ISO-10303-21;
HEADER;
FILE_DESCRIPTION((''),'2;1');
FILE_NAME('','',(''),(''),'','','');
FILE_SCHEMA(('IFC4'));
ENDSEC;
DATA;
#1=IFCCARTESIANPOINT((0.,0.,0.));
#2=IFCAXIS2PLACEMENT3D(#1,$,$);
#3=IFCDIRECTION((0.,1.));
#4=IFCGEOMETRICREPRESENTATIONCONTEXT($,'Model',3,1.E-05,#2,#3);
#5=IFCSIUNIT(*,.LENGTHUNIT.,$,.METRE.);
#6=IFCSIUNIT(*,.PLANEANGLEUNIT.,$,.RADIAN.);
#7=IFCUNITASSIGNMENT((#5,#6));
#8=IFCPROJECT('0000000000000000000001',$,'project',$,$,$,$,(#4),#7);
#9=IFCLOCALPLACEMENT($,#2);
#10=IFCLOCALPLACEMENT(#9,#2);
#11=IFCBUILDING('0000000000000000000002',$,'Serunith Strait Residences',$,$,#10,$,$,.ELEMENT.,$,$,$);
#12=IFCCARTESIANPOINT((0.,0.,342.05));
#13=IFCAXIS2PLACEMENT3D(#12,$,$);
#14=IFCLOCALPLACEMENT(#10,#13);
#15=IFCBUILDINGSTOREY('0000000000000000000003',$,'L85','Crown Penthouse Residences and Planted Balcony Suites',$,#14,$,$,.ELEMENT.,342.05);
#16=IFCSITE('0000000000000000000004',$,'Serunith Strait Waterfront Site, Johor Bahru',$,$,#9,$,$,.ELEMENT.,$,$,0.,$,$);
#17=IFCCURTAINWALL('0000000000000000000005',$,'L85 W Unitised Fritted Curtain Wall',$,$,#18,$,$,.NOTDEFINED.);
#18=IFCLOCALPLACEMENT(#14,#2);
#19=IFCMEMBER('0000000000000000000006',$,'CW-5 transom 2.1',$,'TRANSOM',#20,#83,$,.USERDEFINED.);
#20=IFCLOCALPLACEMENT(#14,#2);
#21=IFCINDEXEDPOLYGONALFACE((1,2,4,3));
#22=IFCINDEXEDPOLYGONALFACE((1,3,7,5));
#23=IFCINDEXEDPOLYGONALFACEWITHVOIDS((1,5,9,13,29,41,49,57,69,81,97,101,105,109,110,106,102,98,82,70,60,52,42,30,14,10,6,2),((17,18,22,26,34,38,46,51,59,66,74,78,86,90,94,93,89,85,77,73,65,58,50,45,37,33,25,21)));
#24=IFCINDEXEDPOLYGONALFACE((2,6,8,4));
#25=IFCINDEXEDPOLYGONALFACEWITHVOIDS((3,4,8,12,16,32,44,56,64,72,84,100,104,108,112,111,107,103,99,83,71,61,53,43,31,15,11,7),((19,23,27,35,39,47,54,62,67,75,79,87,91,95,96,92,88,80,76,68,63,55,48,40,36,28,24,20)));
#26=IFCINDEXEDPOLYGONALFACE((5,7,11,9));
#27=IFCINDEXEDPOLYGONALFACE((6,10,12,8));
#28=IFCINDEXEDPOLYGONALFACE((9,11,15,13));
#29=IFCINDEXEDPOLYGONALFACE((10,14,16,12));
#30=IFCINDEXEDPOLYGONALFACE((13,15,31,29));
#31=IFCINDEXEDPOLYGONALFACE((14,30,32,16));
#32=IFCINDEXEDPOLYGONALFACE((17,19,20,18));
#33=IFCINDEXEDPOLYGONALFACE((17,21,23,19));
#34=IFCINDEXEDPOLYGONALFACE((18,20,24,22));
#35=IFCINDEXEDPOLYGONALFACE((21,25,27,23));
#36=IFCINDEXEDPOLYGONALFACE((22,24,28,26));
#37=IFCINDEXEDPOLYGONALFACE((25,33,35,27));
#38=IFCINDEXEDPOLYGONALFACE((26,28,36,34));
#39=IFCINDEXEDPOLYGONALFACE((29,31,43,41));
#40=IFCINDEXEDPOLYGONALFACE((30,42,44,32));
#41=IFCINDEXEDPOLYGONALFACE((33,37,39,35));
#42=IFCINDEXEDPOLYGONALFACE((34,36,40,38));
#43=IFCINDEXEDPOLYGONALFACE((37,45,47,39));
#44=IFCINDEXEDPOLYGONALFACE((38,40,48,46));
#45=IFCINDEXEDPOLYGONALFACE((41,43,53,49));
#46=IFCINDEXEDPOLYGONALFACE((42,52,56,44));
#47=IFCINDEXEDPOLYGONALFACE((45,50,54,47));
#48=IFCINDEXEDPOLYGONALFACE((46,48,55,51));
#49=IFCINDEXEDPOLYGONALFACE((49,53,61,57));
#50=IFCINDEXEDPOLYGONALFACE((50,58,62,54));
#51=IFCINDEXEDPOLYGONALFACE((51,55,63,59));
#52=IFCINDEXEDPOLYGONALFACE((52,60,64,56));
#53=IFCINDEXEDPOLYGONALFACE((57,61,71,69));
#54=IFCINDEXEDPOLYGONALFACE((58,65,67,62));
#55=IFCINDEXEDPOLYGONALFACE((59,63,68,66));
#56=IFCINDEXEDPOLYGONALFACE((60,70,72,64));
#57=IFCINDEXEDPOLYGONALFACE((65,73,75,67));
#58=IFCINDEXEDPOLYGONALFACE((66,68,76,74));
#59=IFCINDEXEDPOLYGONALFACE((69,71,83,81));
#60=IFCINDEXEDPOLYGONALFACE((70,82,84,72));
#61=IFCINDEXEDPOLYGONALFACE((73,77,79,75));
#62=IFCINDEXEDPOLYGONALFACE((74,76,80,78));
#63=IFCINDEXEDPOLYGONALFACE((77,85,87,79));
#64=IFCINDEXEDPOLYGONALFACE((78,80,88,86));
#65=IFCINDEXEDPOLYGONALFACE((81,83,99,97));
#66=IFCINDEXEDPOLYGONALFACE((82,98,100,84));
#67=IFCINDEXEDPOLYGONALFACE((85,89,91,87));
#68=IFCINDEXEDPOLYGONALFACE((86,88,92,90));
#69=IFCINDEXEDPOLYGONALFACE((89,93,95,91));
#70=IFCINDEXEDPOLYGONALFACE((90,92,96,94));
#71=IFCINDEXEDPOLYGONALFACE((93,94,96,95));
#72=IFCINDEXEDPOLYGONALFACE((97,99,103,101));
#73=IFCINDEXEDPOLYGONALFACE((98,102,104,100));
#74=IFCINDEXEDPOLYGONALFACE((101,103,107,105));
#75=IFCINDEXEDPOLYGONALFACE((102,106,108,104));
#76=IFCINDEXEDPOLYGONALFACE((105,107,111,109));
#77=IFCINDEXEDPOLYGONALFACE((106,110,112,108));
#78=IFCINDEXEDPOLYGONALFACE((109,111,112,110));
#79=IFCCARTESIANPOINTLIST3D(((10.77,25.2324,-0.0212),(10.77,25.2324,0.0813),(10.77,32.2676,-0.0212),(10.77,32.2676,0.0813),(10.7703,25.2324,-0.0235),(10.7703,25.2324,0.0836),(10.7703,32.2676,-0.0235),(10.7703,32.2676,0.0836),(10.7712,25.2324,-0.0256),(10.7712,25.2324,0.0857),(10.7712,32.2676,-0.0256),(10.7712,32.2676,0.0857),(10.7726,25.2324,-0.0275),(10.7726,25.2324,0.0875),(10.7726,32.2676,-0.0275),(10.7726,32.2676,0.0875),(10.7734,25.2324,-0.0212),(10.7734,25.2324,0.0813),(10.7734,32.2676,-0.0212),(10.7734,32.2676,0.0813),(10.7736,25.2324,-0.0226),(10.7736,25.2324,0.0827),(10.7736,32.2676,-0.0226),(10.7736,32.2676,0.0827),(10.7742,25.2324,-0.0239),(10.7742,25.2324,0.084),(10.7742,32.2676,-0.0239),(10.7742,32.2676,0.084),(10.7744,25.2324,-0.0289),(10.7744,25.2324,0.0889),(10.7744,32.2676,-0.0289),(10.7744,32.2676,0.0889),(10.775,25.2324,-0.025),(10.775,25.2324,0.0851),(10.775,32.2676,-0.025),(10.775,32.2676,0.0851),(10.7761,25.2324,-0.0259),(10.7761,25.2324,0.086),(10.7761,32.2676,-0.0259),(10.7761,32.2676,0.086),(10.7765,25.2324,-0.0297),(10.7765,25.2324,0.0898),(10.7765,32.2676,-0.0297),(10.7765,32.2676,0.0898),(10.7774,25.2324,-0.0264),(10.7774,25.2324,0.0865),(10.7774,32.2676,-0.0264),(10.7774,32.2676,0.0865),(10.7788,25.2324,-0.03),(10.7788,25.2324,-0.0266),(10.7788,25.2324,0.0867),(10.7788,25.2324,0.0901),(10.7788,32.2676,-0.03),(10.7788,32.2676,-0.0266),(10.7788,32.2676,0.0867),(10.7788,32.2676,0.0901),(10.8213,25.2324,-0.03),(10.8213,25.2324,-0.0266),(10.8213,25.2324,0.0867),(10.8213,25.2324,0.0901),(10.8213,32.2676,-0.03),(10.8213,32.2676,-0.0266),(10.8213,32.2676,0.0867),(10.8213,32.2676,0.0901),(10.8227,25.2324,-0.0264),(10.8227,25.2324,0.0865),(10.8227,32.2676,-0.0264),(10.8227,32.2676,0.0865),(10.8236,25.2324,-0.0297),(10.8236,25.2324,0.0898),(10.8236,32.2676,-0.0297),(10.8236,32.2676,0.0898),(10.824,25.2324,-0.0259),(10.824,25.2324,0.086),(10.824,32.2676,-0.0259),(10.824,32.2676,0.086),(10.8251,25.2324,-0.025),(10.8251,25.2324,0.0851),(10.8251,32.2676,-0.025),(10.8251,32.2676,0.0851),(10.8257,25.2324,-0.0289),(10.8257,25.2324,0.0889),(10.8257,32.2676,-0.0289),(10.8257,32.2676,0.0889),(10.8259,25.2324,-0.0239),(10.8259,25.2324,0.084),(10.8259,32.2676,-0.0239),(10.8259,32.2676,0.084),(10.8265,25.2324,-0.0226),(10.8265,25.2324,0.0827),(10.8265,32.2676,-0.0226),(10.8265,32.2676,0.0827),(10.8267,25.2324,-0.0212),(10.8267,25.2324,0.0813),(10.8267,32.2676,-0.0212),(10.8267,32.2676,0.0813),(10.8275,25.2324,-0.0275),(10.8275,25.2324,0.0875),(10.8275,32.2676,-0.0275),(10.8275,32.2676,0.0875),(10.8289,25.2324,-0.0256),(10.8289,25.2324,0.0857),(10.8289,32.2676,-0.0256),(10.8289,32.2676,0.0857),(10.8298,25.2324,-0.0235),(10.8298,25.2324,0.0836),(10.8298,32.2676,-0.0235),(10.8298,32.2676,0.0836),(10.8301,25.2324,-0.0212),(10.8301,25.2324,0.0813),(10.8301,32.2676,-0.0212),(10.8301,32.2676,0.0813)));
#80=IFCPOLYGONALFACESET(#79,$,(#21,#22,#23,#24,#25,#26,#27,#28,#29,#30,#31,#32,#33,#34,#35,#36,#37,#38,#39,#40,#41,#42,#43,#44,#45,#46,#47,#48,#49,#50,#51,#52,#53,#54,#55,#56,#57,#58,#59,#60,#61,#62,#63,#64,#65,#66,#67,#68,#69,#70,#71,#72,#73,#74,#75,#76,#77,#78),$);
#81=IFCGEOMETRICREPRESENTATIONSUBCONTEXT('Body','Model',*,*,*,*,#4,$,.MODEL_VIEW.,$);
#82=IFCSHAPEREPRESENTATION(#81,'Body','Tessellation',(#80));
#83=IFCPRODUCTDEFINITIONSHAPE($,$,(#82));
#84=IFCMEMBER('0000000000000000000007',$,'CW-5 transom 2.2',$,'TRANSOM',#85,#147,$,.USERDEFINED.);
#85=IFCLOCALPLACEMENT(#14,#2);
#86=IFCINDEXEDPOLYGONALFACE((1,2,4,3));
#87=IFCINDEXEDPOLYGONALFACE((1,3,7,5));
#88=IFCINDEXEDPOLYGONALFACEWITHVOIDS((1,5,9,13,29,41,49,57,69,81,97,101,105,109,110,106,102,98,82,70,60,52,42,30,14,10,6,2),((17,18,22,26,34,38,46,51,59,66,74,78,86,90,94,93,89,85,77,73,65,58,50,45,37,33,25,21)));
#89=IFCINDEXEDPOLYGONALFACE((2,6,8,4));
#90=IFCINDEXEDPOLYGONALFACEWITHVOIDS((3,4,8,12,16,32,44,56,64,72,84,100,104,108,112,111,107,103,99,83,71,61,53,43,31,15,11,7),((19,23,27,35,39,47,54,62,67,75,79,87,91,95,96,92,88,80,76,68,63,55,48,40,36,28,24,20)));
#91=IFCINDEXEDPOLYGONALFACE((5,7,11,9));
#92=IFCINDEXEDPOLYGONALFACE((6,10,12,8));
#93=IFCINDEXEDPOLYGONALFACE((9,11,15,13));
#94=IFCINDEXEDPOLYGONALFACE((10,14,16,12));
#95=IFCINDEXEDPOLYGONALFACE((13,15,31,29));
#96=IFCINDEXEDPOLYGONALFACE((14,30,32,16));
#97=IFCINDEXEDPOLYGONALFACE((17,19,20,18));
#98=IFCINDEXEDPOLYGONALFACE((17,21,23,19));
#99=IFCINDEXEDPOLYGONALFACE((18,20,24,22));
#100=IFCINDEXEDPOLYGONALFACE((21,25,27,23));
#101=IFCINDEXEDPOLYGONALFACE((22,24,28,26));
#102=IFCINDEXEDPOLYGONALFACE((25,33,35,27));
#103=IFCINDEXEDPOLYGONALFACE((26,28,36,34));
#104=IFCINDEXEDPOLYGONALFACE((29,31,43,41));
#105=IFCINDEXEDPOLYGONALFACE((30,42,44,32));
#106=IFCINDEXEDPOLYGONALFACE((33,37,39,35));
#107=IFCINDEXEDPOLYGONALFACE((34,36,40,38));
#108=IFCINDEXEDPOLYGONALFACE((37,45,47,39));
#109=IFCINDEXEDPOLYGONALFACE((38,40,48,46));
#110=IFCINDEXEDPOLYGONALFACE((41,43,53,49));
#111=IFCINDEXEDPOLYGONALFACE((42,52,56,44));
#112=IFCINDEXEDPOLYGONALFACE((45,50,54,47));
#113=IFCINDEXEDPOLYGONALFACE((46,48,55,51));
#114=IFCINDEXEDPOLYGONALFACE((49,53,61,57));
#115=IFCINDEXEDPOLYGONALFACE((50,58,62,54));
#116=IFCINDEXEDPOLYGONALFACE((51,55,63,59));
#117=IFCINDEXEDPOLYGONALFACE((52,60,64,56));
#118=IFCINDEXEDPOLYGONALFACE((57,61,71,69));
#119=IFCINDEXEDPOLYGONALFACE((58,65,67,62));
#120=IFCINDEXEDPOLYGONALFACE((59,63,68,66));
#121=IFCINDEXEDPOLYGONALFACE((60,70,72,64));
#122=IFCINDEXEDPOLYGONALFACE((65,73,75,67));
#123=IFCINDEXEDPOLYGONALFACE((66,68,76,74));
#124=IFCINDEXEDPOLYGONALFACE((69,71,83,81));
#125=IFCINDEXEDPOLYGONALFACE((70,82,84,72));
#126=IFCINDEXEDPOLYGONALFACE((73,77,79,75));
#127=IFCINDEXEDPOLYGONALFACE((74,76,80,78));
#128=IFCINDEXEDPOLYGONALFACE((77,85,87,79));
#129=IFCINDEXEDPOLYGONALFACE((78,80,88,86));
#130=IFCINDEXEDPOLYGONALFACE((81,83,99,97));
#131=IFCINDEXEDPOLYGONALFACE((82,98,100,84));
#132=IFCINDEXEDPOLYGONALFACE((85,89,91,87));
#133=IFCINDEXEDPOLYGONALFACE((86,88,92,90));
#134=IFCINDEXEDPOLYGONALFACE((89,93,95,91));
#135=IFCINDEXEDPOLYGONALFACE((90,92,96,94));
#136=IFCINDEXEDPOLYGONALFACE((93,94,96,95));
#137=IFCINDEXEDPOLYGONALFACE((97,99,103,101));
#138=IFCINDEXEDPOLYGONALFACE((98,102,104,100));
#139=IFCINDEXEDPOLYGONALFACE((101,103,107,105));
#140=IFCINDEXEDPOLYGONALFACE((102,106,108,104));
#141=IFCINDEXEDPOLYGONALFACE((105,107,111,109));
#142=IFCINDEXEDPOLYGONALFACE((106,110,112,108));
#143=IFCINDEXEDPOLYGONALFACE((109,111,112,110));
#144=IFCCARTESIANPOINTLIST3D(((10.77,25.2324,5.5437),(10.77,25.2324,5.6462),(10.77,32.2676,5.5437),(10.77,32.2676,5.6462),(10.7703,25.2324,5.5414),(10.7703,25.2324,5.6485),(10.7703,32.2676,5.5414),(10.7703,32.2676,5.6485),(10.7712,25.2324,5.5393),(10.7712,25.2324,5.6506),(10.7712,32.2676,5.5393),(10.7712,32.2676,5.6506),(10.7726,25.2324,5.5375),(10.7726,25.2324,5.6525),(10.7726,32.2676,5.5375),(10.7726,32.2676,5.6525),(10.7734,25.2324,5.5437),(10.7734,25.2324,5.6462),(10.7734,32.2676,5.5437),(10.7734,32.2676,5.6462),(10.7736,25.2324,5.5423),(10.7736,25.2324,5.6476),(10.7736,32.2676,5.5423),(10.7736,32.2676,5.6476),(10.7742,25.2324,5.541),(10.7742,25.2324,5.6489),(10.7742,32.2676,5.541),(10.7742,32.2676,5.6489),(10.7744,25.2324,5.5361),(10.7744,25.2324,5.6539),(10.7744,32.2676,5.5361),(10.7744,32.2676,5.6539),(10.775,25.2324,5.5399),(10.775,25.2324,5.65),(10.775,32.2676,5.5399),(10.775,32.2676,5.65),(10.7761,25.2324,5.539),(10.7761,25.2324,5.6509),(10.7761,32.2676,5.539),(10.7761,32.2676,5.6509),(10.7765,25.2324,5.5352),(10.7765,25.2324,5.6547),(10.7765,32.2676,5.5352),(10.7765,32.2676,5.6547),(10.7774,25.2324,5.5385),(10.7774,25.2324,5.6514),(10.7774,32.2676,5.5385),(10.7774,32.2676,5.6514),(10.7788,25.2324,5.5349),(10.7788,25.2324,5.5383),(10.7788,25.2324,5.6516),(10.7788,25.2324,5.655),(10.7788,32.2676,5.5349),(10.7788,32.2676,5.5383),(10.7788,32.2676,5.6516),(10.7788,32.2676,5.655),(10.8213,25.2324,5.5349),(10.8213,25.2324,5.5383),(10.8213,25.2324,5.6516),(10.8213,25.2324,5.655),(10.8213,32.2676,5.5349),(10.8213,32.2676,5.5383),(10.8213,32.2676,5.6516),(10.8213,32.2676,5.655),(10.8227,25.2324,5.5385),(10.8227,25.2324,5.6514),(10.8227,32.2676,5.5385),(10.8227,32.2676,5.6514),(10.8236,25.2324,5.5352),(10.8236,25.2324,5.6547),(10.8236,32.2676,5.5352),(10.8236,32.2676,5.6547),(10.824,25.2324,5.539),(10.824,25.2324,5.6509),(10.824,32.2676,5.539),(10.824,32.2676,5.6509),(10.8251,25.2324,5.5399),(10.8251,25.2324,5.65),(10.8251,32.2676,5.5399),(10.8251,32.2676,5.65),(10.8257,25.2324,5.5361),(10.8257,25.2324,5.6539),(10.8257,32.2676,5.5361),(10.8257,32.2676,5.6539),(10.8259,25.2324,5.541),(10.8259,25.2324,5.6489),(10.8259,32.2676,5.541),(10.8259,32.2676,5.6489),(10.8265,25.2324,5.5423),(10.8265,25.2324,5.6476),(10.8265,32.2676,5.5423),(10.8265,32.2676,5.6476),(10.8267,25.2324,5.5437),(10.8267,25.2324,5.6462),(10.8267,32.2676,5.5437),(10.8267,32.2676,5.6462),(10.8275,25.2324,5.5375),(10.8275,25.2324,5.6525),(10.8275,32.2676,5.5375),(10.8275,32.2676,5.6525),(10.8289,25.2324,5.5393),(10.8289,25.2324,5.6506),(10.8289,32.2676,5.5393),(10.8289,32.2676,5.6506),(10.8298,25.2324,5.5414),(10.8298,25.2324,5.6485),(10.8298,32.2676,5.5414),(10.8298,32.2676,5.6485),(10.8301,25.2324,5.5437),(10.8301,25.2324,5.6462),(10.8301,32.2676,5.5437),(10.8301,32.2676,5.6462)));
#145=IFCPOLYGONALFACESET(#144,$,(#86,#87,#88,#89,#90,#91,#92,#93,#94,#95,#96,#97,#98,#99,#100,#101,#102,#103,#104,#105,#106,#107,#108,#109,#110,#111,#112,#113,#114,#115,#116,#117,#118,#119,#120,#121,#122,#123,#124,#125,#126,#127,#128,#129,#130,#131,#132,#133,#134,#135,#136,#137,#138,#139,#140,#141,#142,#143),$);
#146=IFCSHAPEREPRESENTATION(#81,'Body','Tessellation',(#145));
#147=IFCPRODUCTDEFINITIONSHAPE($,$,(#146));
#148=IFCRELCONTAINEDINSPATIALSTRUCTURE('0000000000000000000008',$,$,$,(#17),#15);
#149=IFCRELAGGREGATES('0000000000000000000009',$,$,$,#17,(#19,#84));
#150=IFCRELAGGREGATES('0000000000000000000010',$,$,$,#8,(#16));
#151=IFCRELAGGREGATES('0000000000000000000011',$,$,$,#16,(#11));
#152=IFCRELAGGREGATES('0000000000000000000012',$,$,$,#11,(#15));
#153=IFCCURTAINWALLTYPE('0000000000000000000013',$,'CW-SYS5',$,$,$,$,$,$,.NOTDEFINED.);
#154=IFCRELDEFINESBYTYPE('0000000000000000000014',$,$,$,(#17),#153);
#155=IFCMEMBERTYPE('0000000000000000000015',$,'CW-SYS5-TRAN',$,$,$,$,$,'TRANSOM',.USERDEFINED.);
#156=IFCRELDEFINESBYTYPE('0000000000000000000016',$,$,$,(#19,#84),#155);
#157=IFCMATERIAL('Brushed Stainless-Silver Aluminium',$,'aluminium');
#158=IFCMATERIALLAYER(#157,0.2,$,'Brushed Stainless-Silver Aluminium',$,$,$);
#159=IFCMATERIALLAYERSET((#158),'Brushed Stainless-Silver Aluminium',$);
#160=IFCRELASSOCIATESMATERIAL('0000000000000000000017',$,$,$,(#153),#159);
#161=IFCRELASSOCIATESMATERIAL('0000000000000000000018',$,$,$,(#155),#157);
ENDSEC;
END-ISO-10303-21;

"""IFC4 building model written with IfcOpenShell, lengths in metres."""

from ifc_helpers import new_model, si_unit, direction, frame, origin, origin_2d, place, context, subcontext, project, spatial, hollow_rectangle, extrude, source, transform, mapped, material, layer, layer_set, material_profile, profile_set, type_object, element, aggregate, save


model = new_model("IFC4")

# Units and contexts
model_context = context("Model", 3, precision=1e-05, world=origin(), true_north=direction((0.0, 1.0)))
body_context = subcontext(model_context, "Body", "Model", "MODEL_VIEW")
ifc_project = project(units=[si_unit("LENGTHUNIT", "METRE"), si_unit("PLANEANGLEUNIT", "RADIAN")], contexts=[model_context])

# Site, building, storey
site_placement = place(None, origin())
site = spatial("IfcSite", under=ifc_project, at=site_placement, Name="Serunith Strait Waterfront Site, Johor Bahru", CompositionType="ELEMENT", RefElevation=0.0)
building_placement = place(site_placement, origin())
building = spatial("IfcBuilding", under=site, at=building_placement, Name="Serunith Strait Residences", CompositionType="ELEMENT")
storey_placement = place(building_placement, frame((0.0, 0.0, 342.05)))
storey = spatial("IfcBuildingStorey", under=building, at=storey_placement, Name="L85", Description="Crown Penthouse Residences and Planted Balcony Suites", CompositionType="ELEMENT", Elevation=342.05)

# Curtain wall, members
ifc_material_1 = material(Name="Brushed Stainless-Silver Aluminium", Category="aluminium")
ifc_layer_1 = layer(ifc_material_1, 0.2, Name="Brushed Stainless-Silver Aluminium")
ifc_layer_set_1 = layer_set([ifc_layer_1], Name="Brushed Stainless-Silver Aluminium")
curtain_wall_type = type_object("IfcCurtainWallType", Name="CW-SYS5", PredefinedType="NOTDEFINED", material=ifc_layer_set_1)
curtain_wall_placement = place(storey_placement, origin())
curtain_wall = element("IfcCurtainWall", 1, at=curtain_wall_placement, inside=storey, type_object=curtain_wall_type, Name="L85 W Unitised Fritted Curtain Wall", PredefinedType="NOTDEFINED")
ifc_material_profile_1 = material_profile(ifc_material_1, hollow_rectangle(XDim=0.0601, YDim=0.1201, WallThickness=0.0034, InnerFilletRadius=0.0054, OuterFilletRadius=0.0088, at=origin_2d()), Name="ALU 120x60x3.5")
ifc_profile_set_1 = profile_set([ifc_material_profile_1], Name="Brushed Stainless-Silver Aluminium")
member_type_1 = type_object("IfcMemberType", Name="CW-SYS5-TRAN", ElementType="TRANSOM", PredefinedType="USERDEFINED", material=ifc_profile_set_1)
shared_shape_1 = source(origin(), body_context, "Body", "SweptSolid", [
    extrude(hollow_rectangle(XDim=0.0601, YDim=0.1201, WallThickness=0.0034, InnerFilletRadius=0.0054, OuterFilletRadius=0.0088, at=origin_2d()), origin(), (0.0, 0.0, 1.0), 7.0352),
])
member_1_placement = place(storey_placement, frame((10.8, 32.2676, 0.03), z_axis=(0.0, -1.0, 0.0), x_axis=(1.0, 0.0, 0.0)))
member_1 = element("IfcMember", 2, at=member_1_placement, type_object=member_type_1, Name="CW-5 transom 2.1", ObjectType="TRANSOM", PredefinedType="USERDEFINED", context=body_context, shape_type="MappedRepresentation", body=[
    mapped(shared_shape_1, transform((0.0, 0.0, 0.0), scale=1.0)),
])
member_2_placement = place(storey_placement, frame((10.8, 32.2676, 5.595), z_axis=(0.0, -1.0, 0.0), x_axis=(1.0, 0.0, 0.0)))
member_2 = element("IfcMember", 3, at=member_2_placement, type_object=member_type_1, Name="CW-5 transom 2.2", ObjectType="TRANSOM", PredefinedType="USERDEFINED", context=body_context, shape_type="MappedRepresentation", body=[
    mapped(shared_shape_1, transform((0.0, 0.0, 0.0), scale=1.0)),
])
aggregate(curtain_wall, [member_1, member_2])

save(model, "model.ifc")
